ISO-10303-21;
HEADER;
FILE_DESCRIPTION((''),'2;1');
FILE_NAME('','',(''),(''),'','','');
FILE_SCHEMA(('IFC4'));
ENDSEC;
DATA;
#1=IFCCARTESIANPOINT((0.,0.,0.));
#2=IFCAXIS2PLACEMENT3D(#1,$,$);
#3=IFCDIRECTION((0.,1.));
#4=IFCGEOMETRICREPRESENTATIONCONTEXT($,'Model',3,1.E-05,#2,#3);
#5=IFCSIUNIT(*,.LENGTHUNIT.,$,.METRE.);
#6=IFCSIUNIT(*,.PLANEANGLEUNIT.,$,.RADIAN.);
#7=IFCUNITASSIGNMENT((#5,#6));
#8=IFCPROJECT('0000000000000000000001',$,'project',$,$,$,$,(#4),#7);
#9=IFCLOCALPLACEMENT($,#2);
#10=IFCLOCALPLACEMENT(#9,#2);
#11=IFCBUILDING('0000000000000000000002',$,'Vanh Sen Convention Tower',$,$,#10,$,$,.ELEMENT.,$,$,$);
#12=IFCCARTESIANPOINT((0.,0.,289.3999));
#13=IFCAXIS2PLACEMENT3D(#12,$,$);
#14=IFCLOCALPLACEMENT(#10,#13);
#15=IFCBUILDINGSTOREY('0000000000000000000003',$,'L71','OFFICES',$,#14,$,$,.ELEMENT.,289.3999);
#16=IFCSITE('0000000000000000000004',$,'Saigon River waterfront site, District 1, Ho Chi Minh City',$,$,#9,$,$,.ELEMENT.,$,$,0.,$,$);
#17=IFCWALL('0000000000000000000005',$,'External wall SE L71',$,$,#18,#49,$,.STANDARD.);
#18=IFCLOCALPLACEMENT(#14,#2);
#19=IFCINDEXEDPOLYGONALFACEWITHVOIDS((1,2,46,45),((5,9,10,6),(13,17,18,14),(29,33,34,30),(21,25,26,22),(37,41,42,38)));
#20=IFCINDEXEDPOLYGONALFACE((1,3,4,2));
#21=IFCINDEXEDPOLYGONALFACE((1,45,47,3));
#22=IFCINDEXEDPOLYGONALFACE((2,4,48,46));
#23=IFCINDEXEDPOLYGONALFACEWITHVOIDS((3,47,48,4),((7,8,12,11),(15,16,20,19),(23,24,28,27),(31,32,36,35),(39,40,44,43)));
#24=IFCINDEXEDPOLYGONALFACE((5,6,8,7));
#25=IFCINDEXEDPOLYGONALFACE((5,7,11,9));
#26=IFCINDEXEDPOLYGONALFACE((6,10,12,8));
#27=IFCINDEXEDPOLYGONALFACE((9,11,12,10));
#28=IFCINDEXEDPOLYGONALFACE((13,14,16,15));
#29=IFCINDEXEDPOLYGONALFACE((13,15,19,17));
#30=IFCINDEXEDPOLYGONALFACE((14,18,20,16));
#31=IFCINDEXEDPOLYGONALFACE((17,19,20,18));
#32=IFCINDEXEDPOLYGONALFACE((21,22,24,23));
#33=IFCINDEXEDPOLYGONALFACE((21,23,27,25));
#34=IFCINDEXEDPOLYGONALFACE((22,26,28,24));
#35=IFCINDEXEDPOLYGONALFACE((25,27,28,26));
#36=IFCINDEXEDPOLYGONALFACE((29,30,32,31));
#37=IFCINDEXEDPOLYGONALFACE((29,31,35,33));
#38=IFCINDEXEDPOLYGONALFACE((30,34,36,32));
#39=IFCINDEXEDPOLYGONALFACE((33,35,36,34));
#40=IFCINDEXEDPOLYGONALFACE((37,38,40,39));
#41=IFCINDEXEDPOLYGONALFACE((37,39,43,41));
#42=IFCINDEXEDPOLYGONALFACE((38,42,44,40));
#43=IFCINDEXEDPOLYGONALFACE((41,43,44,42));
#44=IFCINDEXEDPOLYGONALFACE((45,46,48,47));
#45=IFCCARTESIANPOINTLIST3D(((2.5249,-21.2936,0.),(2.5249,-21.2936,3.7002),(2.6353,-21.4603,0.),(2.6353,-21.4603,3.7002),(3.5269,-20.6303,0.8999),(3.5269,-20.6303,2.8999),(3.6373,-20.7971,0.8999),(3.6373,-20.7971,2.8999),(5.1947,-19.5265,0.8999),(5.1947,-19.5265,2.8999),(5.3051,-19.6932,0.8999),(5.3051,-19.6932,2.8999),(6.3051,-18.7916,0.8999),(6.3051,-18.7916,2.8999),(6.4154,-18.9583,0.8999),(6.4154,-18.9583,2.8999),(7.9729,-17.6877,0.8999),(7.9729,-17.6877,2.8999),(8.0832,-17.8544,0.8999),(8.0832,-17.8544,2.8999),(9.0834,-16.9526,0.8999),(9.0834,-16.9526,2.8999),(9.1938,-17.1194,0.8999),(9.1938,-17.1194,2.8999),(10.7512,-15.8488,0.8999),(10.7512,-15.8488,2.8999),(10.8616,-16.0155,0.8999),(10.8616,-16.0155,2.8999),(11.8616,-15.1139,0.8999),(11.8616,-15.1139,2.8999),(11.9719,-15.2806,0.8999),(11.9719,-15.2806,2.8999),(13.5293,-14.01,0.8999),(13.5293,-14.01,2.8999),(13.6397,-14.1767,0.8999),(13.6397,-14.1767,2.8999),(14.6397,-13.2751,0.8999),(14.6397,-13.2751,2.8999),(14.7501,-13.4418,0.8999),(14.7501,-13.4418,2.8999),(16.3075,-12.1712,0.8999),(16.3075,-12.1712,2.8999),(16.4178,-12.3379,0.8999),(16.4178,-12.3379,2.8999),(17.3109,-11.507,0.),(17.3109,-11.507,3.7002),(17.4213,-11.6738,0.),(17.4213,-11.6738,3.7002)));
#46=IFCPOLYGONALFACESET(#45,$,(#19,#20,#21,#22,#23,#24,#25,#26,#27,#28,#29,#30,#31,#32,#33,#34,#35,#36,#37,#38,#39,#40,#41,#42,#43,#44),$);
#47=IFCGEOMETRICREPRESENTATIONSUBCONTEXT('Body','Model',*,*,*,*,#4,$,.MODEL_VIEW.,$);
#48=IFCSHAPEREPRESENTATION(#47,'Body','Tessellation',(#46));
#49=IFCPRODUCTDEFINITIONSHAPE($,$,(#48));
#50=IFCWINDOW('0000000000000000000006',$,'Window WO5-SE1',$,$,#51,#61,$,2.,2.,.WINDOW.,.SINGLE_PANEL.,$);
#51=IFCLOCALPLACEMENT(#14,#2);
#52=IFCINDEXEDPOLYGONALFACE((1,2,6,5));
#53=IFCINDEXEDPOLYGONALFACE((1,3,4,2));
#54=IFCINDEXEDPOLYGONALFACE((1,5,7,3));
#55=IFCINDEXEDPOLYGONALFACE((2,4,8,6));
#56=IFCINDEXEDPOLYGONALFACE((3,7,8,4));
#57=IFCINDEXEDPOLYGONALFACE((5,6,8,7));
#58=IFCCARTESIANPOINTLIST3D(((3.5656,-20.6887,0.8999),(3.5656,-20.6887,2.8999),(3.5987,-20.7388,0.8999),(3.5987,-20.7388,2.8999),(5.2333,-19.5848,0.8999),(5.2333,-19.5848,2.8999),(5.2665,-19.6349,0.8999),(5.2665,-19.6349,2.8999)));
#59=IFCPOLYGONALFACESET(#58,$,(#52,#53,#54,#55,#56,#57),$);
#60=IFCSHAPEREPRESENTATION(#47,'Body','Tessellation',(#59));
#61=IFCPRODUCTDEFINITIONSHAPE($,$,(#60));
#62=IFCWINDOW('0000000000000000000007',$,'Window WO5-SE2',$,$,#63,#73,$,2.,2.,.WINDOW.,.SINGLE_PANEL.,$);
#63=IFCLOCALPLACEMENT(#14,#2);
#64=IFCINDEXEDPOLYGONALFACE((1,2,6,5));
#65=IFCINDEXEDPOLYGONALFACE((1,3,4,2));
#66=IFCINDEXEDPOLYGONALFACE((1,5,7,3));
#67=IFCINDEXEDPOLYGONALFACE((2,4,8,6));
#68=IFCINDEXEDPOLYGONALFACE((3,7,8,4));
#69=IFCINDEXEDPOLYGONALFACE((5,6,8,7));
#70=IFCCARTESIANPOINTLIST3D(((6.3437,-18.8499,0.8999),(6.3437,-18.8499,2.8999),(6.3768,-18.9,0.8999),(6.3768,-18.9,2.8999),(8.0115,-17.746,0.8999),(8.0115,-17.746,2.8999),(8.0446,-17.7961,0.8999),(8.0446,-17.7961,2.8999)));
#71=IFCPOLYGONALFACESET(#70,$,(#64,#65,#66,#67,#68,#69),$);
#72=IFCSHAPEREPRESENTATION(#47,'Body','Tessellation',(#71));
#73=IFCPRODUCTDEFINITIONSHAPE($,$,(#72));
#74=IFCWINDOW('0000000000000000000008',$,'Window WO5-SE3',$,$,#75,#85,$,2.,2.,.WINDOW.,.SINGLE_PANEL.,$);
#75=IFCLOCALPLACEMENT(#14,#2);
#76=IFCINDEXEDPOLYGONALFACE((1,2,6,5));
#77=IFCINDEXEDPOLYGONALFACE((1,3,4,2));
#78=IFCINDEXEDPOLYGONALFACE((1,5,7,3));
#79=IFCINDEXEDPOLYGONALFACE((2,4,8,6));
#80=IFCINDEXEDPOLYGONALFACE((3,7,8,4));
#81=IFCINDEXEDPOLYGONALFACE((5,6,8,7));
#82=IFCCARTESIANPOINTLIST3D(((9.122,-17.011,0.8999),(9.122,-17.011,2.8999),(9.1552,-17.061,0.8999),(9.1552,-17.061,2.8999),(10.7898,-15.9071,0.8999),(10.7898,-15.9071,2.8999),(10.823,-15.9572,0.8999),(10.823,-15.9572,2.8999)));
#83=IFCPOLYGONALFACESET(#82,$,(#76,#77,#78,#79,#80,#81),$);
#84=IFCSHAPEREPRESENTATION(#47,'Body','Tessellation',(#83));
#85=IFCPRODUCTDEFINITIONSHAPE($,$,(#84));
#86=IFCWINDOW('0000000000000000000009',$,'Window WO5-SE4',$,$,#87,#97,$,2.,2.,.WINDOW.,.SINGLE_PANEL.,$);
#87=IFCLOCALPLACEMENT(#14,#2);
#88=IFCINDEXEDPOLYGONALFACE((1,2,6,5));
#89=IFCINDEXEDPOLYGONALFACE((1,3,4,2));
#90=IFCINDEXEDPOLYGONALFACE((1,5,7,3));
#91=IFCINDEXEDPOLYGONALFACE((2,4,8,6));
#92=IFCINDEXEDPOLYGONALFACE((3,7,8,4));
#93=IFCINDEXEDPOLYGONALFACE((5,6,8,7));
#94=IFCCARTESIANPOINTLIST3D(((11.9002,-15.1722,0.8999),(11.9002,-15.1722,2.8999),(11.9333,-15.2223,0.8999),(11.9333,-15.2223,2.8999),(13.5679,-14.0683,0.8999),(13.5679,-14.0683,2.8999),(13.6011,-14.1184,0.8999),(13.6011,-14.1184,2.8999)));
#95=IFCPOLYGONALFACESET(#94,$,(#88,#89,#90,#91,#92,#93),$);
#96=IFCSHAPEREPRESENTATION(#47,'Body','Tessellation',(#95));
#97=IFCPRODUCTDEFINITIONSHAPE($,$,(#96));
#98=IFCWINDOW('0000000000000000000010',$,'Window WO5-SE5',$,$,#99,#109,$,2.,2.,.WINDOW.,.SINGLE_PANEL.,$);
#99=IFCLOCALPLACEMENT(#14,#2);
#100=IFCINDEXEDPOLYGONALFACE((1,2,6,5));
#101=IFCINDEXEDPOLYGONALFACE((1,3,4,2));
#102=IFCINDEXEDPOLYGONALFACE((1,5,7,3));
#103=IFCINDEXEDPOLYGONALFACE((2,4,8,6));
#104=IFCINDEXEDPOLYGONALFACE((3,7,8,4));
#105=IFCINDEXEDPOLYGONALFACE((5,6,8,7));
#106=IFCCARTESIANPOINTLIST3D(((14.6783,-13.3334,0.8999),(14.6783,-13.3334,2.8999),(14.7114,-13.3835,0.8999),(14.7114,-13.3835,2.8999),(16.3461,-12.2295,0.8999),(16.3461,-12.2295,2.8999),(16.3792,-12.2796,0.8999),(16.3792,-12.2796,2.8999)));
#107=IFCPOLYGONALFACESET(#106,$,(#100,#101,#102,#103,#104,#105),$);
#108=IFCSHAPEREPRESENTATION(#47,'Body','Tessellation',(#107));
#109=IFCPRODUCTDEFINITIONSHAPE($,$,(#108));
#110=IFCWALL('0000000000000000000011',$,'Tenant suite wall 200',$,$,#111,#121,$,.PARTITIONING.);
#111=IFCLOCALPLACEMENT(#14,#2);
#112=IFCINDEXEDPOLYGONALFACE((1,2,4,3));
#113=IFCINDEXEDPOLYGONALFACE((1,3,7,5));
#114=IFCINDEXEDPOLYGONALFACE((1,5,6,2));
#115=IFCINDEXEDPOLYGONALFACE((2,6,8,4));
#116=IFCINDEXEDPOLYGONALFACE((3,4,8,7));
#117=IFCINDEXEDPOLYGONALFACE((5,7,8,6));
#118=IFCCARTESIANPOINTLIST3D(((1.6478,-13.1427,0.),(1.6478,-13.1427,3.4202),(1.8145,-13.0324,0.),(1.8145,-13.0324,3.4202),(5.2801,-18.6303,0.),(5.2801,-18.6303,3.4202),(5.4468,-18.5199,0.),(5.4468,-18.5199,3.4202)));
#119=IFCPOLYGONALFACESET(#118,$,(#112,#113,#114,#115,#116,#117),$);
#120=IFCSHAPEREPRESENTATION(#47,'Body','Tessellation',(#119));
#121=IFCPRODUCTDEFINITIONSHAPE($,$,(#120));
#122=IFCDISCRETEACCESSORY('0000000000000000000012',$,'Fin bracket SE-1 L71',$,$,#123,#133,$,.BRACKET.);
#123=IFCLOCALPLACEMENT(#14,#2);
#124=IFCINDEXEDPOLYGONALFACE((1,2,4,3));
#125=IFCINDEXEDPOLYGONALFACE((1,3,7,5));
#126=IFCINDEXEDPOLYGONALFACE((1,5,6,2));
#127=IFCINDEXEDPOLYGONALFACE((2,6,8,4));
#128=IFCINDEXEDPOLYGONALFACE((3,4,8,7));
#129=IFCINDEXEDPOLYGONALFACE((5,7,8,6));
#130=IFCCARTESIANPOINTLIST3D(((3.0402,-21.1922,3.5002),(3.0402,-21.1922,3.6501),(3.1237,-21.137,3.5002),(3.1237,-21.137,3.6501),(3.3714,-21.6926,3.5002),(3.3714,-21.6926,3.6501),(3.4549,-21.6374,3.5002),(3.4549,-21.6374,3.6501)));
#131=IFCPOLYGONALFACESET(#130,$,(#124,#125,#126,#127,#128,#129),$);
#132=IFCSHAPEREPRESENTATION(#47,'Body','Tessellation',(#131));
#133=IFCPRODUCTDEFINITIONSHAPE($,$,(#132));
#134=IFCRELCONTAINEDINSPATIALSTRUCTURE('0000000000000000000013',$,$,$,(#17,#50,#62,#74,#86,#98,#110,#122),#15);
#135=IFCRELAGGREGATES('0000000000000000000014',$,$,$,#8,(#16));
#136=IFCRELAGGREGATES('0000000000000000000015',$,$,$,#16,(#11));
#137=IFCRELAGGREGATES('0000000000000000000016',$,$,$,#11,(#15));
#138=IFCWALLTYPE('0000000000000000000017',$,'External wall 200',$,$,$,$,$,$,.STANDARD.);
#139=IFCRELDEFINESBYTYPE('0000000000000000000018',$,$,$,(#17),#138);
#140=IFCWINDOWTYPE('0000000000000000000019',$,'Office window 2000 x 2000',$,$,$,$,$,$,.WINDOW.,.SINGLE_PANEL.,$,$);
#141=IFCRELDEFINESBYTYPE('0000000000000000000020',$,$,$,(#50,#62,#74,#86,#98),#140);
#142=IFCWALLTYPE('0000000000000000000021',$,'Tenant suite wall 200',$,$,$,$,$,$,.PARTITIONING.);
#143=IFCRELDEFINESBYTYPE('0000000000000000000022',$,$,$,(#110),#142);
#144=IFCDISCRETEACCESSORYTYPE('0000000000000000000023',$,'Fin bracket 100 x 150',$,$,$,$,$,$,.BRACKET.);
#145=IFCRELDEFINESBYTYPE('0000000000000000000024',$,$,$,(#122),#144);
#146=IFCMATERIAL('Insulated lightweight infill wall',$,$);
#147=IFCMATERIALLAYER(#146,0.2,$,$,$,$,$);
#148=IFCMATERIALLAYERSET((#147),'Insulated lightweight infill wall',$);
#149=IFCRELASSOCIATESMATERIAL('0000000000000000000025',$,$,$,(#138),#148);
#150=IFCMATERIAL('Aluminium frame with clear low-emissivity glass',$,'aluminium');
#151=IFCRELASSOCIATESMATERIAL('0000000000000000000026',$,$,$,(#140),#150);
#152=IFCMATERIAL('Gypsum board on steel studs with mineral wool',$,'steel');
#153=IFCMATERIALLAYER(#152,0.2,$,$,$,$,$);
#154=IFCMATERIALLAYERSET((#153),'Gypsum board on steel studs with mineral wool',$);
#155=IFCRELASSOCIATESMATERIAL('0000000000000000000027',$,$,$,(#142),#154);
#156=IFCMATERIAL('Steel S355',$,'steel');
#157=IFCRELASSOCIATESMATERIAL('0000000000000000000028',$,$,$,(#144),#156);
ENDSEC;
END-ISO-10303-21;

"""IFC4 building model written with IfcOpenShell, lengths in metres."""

from ifc_helpers import new_model, si_unit, direction, frame, frame_2d, origin, origin_2d, place, context, subcontext, project, spatial, rectangle, extrude, material, layer, layer_set, type_object, element, fill, save


model = new_model("IFC4")

# Units and contexts
model_context = context("Model", 3, precision=1e-05, world=origin(), true_north=direction((0.0, 1.0)))
body_context = subcontext(model_context, "Body", "Model", "MODEL_VIEW")
ifc_project = project(units=[si_unit("LENGTHUNIT", "METRE"), si_unit("PLANEANGLEUNIT", "RADIAN")], contexts=[model_context])

# Site, building, storey
site_placement = place(None, origin())
site = spatial("IfcSite", under=ifc_project, at=site_placement, Name="Saigon River waterfront site, District 1, Ho Chi Minh City", CompositionType="ELEMENT", RefElevation=0.0)
building_placement = place(site_placement, origin())
building = spatial("IfcBuilding", under=site, at=building_placement, Name="Vanh Sen Convention Tower", CompositionType="ELEMENT")
storey_placement = place(building_placement, frame((0.0, 0.0, 289.3999)))
storey = spatial("IfcBuildingStorey", under=building, at=storey_placement, Name="L71", Description="OFFICES", CompositionType="ELEMENT", Elevation=289.3999)

# Shared definitions
ifc_material_1 = material(Name="Gypsum board on steel studs with mineral wool", Category="steel")

# Wall, openings, windows
ifc_material_2 = material(Name="Insulated lightweight infill wall")
ifc_layer_1 = layer(ifc_material_2, 0.2)
ifc_layer_set_1 = layer_set([ifc_layer_1], Name="Insulated lightweight infill wall")
wall_type_1 = type_object("IfcWallType", Name="External wall 200", PredefinedType="STANDARD", material=ifc_layer_set_1)
wall_1_placement = place(storey_placement, frame((2.5801, -21.377, 0.0), z_axis=(0.0, 0.0, 1.0), x_axis=(0.833889, 0.551933, 0.0)))
wall_1 = element("IfcWall", 1, at=wall_1_placement, inside=storey, type_object=wall_type_1, Name="External wall SE L71", PredefinedType="STANDARD", context=body_context, shape_type="SweptSolid", body=[
    extrude(rectangle(XDim=17.7314, YDim=0.2, at=frame_2d((8.8657, 0.0))), origin(), (0.0, 0.0, 1.0), 3.7002),
])
opening_1_placement = place(wall_1_placement, frame((1.2017, 0.0, 0.8999)))
opening_1 = element("IfcOpeningElement", 2, at=opening_1_placement, cuts=wall_1, PredefinedType="OPENING", context=body_context, shape_type="SweptSolid", body=[
    extrude(rectangle(XDim=2.0, YDim=2.0, at=frame_2d((1.0, 1.0))), frame((0.0, 0.1099, 0.0), z_axis=(0.0, -1.0, 0.0), x_axis=(1.0, 0.0, 0.0)), (0.0, 0.0, 1.0), 0.22),
])
opening_2_placement = place(wall_1_placement, frame((4.5332, 0.0, 0.8999)))
opening_2 = element("IfcOpeningElement", 3, at=opening_2_placement, cuts=wall_1, PredefinedType="OPENING", context=body_context, shape_type="SweptSolid", body=[
    extrude(rectangle(XDim=2.0, YDim=2.0, at=frame_2d((1.0, 1.0))), frame((0.0, 0.1099, 0.0), z_axis=(0.0, -1.0, 0.0), x_axis=(1.0, 0.0, 0.0)), (0.0, 0.0, 1.0), 0.22),
])
opening_3_placement = place(wall_1_placement, frame((7.865, 0.0, 0.8999)))
opening_3 = element("IfcOpeningElement", 4, at=opening_3_placement, cuts=wall_1, PredefinedType="OPENING", context=body_context, shape_type="SweptSolid", body=[
    extrude(rectangle(XDim=2.0, YDim=2.0, at=frame_2d((1.0, 1.0))), frame((0.0, 0.1099, 0.0), z_axis=(0.0, -1.0, 0.0), x_axis=(1.0, 0.0, 0.0)), (0.0, 0.0, 1.0), 0.22),
])
opening_4_placement = place(wall_1_placement, frame((11.1965, 0.0, 0.8999)))
opening_4 = element("IfcOpeningElement", 5, at=opening_4_placement, cuts=wall_1, PredefinedType="OPENING", context=body_context, shape_type="SweptSolid", body=[
    extrude(rectangle(XDim=2.0, YDim=2.0, at=frame_2d((1.0, 1.0))), frame((0.0, 0.1099, 0.0), z_axis=(0.0, -1.0, 0.0), x_axis=(1.0, 0.0, 0.0)), (0.0, 0.0, 1.0), 0.22),
])
opening_5_placement = place(wall_1_placement, frame((14.5281, 0.0, 0.8999)))
opening_5 = element("IfcOpeningElement", 6, at=opening_5_placement, cuts=wall_1, PredefinedType="OPENING", context=body_context, shape_type="SweptSolid", body=[
    extrude(rectangle(XDim=2.0, YDim=2.0, at=frame_2d((1.0, 1.0))), frame((0.0, 0.1099, 0.0), z_axis=(0.0, -1.0, 0.0), x_axis=(1.0, 0.0, 0.0)), (0.0, 0.0, 1.0), 0.22),
])
ifc_material_3 = material(Name="Aluminium frame with clear low-emissivity glass", Category="aluminium")
window_type = type_object("IfcWindowType", Name="Office window 2000 x 2000", PartitioningType="SINGLE_PANEL", PredefinedType="WINDOW", material=ifc_material_3)
window_1_placement = place(opening_1_placement, origin())
window_1 = element("IfcWindow", 7, at=window_1_placement, inside=storey, type_object=window_type, Name="Window WO5-SE1", OverallHeight=2.0, OverallWidth=2.0, PartitioningType="SINGLE_PANEL", PredefinedType="WINDOW", context=body_context, shape_type="SweptSolid", body=[
    extrude(rectangle(XDim=2.0, YDim=2.0, at=frame_2d((1.0, 1.0))), frame((0.0, 0.03, 0.0), z_axis=(0.0, -1.0, 0.0), x_axis=(1.0, 0.0, 0.0)), (0.0, 0.0, 1.0), 0.0601),
])
fill(opening_1, window_1)
window_2_placement = place(opening_2_placement, origin())
window_2 = element("IfcWindow", 8, at=window_2_placement, inside=storey, type_object=window_type, Name="Window WO5-SE2", OverallHeight=2.0, OverallWidth=2.0, PartitioningType="SINGLE_PANEL", PredefinedType="WINDOW", context=body_context, shape_type="SweptSolid", body=[
    extrude(rectangle(XDim=2.0, YDim=2.0, at=frame_2d((1.0, 1.0))), frame((0.0, 0.03, 0.0), z_axis=(0.0, -1.0, 0.0), x_axis=(1.0, 0.0, 0.0)), (0.0, 0.0, 1.0), 0.0601),
])
fill(opening_2, window_2)
window_3_placement = place(opening_3_placement, origin())
window_3 = element("IfcWindow", 9, at=window_3_placement, inside=storey, type_object=window_type, Name="Window WO5-SE3", OverallHeight=2.0, OverallWidth=2.0, PartitioningType="SINGLE_PANEL", PredefinedType="WINDOW", context=body_context, shape_type="SweptSolid", body=[
    extrude(rectangle(XDim=2.0, YDim=2.0, at=frame_2d((1.0, 1.0))), frame((0.0, 0.03, 0.0), z_axis=(0.0, -1.0, 0.0), x_axis=(1.0, 0.0, 0.0)), (0.0, 0.0, 1.0), 0.0601),
])
fill(opening_3, window_3)
window_4_placement = place(opening_4_placement, origin())
window_4 = element("IfcWindow", 10, at=window_4_placement, inside=storey, type_object=window_type, Name="Window WO5-SE4", OverallHeight=2.0, OverallWidth=2.0, PartitioningType="SINGLE_PANEL", PredefinedType="WINDOW", context=body_context, shape_type="SweptSolid", body=[
    extrude(rectangle(XDim=2.0, YDim=2.0, at=frame_2d((1.0, 1.0))), frame((0.0, 0.03, 0.0), z_axis=(0.0, -1.0, 0.0), x_axis=(1.0, 0.0, 0.0)), (0.0, 0.0, 1.0), 0.0601),
])
fill(opening_4, window_4)
window_5_placement = place(opening_5_placement, origin())
window_5 = element("IfcWindow", 11, at=window_5_placement, inside=storey, type_object=window_type, Name="Window WO5-SE5", OverallHeight=2.0, OverallWidth=2.0, PartitioningType="SINGLE_PANEL", PredefinedType="WINDOW", context=body_context, shape_type="SweptSolid", body=[
    extrude(rectangle(XDim=2.0, YDim=2.0, at=frame_2d((1.0, 1.0))), frame((0.0, 0.03, 0.0), z_axis=(0.0, -1.0, 0.0), x_axis=(1.0, 0.0, 0.0)), (0.0, 0.0, 1.0), 0.0601),
])
fill(opening_5, window_5)

# Wall
ifc_layer_2 = layer(ifc_material_1, 0.2)
ifc_layer_set_2 = layer_set([ifc_layer_2], Name="Gypsum board on steel studs with mineral wool")
wall_type_2 = type_object("IfcWallType", Name="Tenant suite wall 200", PredefinedType="PARTITIONING", material=ifc_layer_set_2)
wall_2_placement = place(storey_placement, frame((5.3635, -18.5752, 0.0), z_axis=(0.0, 0.0, 1.0), x_axis=(-0.551958, 0.833872, 0.0)))
element("IfcWall", 12, at=wall_2_placement, inside=storey, type_object=wall_type_2, Name="Tenant suite wall 200", PredefinedType="PARTITIONING", context=body_context, shape_type="SweptSolid", body=[
    extrude(rectangle(XDim=6.5808, YDim=0.2, at=frame_2d((3.2905, 0.0))), origin(), (0.0, 0.0, 1.0), 3.4202),
])

# Discrete accessory
ifc_material_4 = material(Name="Steel S355", Category="steel")
discrete_accessory_type = type_object("IfcDiscreteAccessoryType", Name="Fin bracket 100 x 150", PredefinedType="BRACKET", material=ifc_material_4)
discrete_accessory_placement = place(storey_placement, frame((3.2476, -21.4148, 3.5002), z_axis=(0.0, 0.0, 1.0), x_axis=(0.551937, -0.833886, 0.0)))
element("IfcDiscreteAccessory", 13, at=discrete_accessory_placement, inside=storey, type_object=discrete_accessory_type, Name="Fin bracket SE-1 L71", PredefinedType="BRACKET", context=body_context, shape_type="SweptSolid", body=[
    extrude(rectangle(XDim=0.6001, YDim=0.1001, at=origin_2d()), origin(), (0.0, 0.0, 1.0), 0.1499),
])

save(model, "model.ifc")
